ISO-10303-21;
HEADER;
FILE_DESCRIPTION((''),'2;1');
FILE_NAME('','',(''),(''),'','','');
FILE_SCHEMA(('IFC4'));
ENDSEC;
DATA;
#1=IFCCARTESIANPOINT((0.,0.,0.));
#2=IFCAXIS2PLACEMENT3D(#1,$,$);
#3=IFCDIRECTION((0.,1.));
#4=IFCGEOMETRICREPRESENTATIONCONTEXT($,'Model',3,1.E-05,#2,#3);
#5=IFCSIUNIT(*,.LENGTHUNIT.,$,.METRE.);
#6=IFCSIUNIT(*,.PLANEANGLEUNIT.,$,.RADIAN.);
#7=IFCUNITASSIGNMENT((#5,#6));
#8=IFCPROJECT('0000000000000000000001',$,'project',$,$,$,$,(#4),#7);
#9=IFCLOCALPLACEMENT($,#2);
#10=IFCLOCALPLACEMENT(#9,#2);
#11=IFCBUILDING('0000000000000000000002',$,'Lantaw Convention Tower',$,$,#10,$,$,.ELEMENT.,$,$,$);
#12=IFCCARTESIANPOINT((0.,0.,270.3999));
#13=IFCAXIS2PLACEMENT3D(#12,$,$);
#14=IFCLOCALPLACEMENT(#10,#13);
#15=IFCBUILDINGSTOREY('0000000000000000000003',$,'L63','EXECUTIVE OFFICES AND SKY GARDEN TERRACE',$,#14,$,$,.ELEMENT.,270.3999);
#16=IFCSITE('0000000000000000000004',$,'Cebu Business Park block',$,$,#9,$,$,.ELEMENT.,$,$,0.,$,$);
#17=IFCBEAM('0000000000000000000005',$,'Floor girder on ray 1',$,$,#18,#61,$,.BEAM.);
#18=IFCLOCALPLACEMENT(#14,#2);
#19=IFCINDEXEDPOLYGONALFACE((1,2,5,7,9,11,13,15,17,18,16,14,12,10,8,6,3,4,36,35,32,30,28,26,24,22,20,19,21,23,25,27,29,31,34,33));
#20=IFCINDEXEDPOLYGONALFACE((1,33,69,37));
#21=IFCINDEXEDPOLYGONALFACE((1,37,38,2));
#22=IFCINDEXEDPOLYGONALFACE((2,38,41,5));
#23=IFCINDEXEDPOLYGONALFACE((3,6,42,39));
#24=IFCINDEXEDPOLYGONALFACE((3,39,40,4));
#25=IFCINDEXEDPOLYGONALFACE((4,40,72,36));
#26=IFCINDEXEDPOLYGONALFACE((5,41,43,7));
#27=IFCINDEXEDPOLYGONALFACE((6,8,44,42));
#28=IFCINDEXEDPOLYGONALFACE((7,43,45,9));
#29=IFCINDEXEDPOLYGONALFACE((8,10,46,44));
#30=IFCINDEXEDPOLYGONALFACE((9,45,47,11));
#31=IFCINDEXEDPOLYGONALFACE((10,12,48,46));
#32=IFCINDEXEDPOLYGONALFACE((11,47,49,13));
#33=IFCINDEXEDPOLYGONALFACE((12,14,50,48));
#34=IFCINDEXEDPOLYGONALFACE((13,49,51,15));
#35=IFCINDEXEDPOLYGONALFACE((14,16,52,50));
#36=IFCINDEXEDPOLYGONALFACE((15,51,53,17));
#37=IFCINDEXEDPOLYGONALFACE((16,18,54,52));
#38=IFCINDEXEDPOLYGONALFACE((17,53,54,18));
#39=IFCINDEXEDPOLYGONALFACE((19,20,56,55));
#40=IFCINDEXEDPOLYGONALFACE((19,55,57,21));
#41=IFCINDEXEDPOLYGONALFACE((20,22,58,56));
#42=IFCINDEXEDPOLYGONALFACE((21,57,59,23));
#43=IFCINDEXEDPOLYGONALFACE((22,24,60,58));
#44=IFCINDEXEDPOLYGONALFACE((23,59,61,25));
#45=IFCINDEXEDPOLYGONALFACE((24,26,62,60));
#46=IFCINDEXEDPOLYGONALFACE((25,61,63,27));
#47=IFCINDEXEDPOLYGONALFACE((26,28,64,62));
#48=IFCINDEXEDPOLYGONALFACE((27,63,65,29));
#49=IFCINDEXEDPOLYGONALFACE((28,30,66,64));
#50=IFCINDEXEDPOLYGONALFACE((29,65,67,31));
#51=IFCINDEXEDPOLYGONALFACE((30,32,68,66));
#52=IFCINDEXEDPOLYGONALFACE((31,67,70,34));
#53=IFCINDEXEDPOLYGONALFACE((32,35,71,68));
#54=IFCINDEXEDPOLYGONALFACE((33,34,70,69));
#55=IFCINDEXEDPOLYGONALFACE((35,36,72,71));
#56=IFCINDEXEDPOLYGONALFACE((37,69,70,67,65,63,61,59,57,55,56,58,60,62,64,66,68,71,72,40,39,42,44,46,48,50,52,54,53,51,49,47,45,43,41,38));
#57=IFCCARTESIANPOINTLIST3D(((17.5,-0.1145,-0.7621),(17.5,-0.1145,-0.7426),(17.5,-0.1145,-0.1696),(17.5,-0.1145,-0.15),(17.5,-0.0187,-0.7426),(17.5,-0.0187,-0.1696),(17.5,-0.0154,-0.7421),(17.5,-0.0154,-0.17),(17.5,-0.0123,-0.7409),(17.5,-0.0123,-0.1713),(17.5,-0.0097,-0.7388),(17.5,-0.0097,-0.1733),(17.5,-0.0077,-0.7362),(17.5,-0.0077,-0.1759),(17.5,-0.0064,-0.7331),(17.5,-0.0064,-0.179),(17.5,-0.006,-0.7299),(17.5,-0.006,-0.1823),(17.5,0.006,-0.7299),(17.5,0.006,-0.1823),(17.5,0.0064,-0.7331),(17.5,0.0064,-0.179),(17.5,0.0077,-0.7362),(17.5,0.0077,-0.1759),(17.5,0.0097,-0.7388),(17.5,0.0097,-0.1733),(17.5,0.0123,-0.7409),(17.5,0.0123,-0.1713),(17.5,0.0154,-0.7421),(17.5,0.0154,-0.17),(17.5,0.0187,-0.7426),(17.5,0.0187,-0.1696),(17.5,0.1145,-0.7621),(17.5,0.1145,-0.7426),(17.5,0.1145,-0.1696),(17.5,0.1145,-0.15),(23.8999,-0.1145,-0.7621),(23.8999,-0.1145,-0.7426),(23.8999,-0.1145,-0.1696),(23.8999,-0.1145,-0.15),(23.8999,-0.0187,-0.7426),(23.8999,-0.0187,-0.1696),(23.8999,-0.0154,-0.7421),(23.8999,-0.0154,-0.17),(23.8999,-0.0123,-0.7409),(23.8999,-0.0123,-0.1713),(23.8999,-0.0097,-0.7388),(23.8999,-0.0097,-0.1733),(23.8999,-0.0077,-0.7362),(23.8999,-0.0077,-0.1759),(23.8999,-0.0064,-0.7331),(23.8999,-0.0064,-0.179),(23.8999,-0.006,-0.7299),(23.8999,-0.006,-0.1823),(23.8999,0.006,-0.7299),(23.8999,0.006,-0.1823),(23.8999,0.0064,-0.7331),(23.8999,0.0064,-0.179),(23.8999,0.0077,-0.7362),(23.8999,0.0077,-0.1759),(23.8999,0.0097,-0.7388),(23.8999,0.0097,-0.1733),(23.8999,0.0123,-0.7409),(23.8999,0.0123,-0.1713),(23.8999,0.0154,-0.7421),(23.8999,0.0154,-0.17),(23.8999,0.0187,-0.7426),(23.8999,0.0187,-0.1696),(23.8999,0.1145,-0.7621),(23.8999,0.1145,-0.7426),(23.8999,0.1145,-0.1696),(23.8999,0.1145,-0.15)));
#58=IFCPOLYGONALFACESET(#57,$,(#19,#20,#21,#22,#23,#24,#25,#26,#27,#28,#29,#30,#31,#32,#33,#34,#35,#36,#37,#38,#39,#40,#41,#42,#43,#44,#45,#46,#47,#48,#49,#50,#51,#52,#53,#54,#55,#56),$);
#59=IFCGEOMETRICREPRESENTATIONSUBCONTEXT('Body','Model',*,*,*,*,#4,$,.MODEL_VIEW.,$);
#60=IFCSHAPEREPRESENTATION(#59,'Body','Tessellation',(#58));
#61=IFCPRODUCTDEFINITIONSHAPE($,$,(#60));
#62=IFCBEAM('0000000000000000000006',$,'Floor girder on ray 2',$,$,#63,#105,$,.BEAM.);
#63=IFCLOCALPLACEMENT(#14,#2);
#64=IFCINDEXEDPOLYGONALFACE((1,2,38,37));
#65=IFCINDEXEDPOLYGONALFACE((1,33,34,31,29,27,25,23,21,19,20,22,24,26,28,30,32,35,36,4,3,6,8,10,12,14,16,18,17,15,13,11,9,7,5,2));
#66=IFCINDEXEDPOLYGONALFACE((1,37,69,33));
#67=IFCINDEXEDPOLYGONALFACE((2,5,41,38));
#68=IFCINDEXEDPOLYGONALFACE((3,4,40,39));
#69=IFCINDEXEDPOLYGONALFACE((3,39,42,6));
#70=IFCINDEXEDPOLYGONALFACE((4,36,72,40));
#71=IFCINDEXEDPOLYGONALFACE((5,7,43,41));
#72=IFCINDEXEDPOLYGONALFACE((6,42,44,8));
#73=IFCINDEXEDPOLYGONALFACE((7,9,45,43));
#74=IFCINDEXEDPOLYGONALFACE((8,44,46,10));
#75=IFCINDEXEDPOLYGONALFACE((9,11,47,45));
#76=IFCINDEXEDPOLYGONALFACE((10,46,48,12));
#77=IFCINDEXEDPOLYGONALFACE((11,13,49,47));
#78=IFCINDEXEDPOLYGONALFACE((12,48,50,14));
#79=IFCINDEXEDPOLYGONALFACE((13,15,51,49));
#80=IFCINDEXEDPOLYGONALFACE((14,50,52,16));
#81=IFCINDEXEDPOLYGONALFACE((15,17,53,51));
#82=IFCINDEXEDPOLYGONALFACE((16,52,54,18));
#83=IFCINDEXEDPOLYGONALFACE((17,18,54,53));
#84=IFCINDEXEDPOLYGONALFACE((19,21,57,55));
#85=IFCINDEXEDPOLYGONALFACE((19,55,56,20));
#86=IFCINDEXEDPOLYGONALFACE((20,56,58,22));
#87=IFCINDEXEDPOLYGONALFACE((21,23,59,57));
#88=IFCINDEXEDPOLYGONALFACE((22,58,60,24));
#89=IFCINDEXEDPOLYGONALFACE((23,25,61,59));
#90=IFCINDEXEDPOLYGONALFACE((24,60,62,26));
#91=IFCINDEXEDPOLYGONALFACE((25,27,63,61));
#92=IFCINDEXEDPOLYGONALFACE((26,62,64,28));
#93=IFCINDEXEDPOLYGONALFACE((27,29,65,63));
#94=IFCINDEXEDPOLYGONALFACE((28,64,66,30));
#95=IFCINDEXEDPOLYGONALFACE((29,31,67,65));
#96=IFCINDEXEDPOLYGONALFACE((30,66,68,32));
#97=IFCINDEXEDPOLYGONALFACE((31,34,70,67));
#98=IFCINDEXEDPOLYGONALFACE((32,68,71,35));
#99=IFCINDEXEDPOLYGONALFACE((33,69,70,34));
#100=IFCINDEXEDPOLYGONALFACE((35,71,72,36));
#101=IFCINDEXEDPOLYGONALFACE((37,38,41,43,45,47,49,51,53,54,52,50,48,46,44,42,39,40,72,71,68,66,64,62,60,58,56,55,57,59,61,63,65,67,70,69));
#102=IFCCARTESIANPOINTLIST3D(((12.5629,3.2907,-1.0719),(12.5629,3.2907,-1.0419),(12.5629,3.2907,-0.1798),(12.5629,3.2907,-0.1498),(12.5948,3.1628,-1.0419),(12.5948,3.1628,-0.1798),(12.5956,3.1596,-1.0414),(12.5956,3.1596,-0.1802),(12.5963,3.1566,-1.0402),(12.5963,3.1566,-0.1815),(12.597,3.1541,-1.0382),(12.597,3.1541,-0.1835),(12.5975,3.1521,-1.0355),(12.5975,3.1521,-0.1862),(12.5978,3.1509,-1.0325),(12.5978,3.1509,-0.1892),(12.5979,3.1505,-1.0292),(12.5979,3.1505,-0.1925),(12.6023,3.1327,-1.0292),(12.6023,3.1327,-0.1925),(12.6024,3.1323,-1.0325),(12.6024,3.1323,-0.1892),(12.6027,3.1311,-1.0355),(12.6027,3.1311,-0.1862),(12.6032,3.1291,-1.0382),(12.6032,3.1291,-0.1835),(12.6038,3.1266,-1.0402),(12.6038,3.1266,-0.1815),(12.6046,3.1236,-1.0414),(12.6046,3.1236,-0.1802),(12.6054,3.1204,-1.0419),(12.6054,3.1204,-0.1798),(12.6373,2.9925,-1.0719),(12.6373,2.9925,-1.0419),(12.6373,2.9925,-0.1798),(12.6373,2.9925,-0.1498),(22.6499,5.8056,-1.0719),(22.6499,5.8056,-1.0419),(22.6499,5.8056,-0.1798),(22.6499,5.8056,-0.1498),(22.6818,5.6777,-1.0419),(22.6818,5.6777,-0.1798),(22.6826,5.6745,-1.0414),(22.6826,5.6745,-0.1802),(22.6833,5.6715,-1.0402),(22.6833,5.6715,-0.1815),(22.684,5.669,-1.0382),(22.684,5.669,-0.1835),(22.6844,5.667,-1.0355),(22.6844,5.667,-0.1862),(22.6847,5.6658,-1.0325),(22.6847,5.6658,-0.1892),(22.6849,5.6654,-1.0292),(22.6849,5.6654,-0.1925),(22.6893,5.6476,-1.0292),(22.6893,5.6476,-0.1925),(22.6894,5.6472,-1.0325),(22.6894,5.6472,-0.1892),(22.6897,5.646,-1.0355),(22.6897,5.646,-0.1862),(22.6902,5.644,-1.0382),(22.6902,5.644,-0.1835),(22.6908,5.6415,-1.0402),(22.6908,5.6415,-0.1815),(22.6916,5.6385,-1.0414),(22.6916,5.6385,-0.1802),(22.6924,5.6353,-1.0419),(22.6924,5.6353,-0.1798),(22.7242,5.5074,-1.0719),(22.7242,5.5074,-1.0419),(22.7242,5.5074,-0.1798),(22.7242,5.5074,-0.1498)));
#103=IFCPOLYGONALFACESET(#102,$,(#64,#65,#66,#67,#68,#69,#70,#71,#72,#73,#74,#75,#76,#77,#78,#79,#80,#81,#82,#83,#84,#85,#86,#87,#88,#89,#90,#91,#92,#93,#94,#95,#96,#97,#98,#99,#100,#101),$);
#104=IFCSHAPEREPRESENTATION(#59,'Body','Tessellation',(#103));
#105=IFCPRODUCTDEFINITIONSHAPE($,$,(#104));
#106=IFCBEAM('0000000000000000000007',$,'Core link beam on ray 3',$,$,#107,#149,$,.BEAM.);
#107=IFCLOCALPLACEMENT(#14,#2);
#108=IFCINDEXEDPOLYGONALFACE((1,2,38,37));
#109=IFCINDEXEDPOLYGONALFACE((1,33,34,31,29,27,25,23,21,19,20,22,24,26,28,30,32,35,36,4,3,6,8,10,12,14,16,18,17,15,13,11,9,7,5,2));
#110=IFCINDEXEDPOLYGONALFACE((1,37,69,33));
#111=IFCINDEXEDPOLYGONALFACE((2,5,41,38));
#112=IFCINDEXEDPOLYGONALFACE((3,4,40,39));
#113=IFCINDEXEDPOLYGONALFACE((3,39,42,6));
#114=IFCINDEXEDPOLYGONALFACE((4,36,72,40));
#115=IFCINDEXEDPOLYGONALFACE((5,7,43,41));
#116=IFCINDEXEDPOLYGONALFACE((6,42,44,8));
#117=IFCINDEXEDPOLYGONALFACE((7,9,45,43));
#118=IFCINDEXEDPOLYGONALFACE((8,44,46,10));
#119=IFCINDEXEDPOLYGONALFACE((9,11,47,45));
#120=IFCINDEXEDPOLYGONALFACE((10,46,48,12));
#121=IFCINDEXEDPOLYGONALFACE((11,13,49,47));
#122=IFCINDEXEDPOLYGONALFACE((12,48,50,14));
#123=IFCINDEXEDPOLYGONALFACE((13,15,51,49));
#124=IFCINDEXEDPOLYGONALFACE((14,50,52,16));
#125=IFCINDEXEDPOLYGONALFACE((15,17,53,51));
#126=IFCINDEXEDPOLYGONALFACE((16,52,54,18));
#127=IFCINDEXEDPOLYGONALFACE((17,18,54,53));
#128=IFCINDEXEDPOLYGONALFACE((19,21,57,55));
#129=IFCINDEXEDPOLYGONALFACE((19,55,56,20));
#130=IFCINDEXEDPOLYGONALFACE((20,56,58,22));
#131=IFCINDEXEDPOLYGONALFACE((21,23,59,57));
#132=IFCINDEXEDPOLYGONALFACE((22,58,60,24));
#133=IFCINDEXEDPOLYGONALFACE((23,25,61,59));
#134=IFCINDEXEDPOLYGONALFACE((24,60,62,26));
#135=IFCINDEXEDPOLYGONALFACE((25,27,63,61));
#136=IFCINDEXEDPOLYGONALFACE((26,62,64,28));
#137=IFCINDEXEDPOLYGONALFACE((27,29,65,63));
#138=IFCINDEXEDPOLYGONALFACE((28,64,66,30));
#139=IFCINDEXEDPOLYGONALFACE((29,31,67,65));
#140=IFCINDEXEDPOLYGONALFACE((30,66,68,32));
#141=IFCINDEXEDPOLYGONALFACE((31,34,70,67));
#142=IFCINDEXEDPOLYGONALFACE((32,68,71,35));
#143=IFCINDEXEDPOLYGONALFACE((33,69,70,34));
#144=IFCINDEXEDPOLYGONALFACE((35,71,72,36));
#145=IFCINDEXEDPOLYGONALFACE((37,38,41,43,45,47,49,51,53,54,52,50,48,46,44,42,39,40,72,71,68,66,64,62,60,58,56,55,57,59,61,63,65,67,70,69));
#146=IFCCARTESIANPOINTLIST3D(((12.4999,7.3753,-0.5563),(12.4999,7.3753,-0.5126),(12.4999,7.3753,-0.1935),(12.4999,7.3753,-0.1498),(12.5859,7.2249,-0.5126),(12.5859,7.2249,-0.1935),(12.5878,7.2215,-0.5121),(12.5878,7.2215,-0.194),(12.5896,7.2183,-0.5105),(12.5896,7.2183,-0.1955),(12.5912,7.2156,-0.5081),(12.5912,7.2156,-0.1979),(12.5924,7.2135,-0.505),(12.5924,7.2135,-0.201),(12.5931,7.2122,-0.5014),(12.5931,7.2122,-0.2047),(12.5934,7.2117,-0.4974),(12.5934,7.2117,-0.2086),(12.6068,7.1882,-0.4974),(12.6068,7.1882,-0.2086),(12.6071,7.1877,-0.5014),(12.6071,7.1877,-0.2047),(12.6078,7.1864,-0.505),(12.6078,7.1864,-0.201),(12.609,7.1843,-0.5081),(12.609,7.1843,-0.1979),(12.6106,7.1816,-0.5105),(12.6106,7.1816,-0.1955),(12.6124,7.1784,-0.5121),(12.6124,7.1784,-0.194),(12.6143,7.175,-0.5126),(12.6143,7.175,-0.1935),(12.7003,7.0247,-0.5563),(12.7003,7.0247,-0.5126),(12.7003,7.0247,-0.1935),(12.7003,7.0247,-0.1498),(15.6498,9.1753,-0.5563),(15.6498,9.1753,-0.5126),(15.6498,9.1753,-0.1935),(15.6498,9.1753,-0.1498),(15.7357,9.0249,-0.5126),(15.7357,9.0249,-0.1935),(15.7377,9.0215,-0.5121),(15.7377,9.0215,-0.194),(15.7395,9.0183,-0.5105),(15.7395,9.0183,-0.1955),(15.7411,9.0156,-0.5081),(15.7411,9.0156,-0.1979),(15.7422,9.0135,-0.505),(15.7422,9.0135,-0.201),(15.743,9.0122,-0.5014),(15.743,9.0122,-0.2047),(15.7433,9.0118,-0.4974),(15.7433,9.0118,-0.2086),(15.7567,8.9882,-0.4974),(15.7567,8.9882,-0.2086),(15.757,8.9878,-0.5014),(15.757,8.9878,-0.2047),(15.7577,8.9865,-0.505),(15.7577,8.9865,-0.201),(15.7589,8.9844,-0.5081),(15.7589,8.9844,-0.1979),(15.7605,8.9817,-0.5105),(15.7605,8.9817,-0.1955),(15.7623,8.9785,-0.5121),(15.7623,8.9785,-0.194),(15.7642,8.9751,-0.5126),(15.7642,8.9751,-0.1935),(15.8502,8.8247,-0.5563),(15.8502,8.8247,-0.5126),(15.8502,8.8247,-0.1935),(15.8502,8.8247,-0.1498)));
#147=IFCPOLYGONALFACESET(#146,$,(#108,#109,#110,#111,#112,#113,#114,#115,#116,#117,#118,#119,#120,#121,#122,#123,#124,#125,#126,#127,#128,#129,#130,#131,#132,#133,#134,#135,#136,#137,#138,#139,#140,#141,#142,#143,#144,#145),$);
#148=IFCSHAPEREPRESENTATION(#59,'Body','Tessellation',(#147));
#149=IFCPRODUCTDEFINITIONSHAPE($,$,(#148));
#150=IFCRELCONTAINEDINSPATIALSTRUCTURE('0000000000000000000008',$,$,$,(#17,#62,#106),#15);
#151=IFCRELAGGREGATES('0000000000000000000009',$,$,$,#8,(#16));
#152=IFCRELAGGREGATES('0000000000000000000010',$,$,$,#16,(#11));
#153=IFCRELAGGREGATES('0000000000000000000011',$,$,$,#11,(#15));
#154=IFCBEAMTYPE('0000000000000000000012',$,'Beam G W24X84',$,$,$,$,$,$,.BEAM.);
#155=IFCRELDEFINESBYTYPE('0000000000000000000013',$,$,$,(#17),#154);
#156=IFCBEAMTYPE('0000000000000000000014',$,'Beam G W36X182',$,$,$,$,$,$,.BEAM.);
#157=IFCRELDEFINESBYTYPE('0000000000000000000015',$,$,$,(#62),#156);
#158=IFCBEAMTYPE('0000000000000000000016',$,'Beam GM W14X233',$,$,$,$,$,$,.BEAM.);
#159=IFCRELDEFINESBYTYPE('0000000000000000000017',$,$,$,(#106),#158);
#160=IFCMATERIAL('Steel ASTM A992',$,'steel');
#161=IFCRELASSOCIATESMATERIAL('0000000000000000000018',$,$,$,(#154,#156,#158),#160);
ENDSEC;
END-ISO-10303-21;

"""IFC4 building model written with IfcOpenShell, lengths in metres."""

from ifc_helpers import new_model, si_unit, direction, frame, origin, origin_2d, place, context, subcontext, project, spatial, i_section, extrude, material, material_profile, profile_set, type_object, element, save


model = new_model("IFC4")

# Units and contexts
model_context = context("Model", 3, precision=1e-05, world=origin(), true_north=direction((0.0, 1.0)))
body_context = subcontext(model_context, "Body", "Model", "MODEL_VIEW")
ifc_project = project(units=[si_unit("LENGTHUNIT", "METRE"), si_unit("PLANEANGLEUNIT", "RADIAN")], contexts=[model_context])

# Site, building, storey
site_placement = place(None, origin())
site = spatial("IfcSite", under=ifc_project, at=site_placement, Name="Cebu Business Park block", CompositionType="ELEMENT", RefElevation=0.0)
building_placement = place(site_placement, origin())
building = spatial("IfcBuilding", under=site, at=building_placement, Name="Lantaw Convention Tower", CompositionType="ELEMENT")
storey_placement = place(building_placement, frame((0.0, 0.0, 270.3999)))
storey = spatial("IfcBuildingStorey", under=building, at=storey_placement, Name="L63", Description="EXECUTIVE OFFICES AND SKY GARDEN TERRACE", CompositionType="ELEMENT", Elevation=270.3999)

# Beams
ifc_material_1 = material(Name="Steel ASTM A992", Category="steel")
ifc_material_profile_1 = material_profile(ifc_material_1, i_section(OverallWidth=0.229, OverallDepth=0.6121, WebThickness=0.012, FlangeThickness=0.0195, FilletRadius=0.0127, at=origin_2d()), Name="W24X84")
ifc_profile_set_1 = profile_set([ifc_material_profile_1], Name="Steel ASTM A992")
beam_type_1 = type_object("IfcBeamType", Name="Beam G W24X84", PredefinedType="BEAM", material=ifc_profile_set_1)
beam_1_placement = place(storey_placement, frame((17.5, 0.0, -0.4561), z_axis=(1.0, 0.0, 0.0), x_axis=(0.0, 1.0, 0.0)))
element("IfcBeam", 1, at=beam_1_placement, inside=storey, type_object=beam_type_1, Name="Floor girder on ray 1", PredefinedType="BEAM", context=body_context, shape_type="SweptSolid", body=[
    extrude(i_section(OverallWidth=0.229, OverallDepth=0.6121, WebThickness=0.012, FlangeThickness=0.0195, FilletRadius=0.0127, at=origin_2d()), origin(), (0.0, 0.0, 1.0), 6.3999),
])
ifc_material_profile_2 = material_profile(ifc_material_1, i_section(OverallWidth=0.3074, OverallDepth=0.9221, WebThickness=0.0183, FlangeThickness=0.03, FilletRadius=0.0127, at=origin_2d()), Name="W36X182")
ifc_profile_set_2 = profile_set([ifc_material_profile_2], Name="Steel ASTM A992")
beam_type_2 = type_object("IfcBeamType", Name="Beam G W36X182", PredefinedType="BEAM", material=ifc_profile_set_2)
beam_2_placement = place(storey_placement, frame((12.6001, 3.1416, -0.6108), z_axis=(0.970297, 0.241917, 0.0), x_axis=(-0.241917, 0.970297, 0.0)))
element("IfcBeam", 2, at=beam_2_placement, inside=storey, type_object=beam_type_2, Name="Floor girder on ray 2", PredefinedType="BEAM", context=body_context, shape_type="SweptSolid", body=[
    extrude(i_section(OverallWidth=0.3074, OverallDepth=0.9221, WebThickness=0.0183, FlangeThickness=0.03, FilletRadius=0.0127, at=origin_2d()), origin(), (0.0, 0.0, 1.0), 10.3958),
])
ifc_material_profile_3 = material_profile(ifc_material_1, i_section(OverallWidth=0.4038, OverallDepth=0.4065, WebThickness=0.0271, FlangeThickness=0.0437, FilletRadius=0.0151, at=origin_2d()), Name="W14X233")
ifc_profile_set_3 = profile_set([ifc_material_profile_3], Name="Steel ASTM A992")
beam_type_3 = type_object("IfcBeamType", Name="Beam GM W14X233", PredefinedType="BEAM", material=ifc_profile_set_3)
beam_3_placement = place(storey_placement, frame((12.6001, 7.2, -0.353), z_axis=(0.868231, 0.496161, 0.0), x_axis=(-0.496161, 0.868231, 0.0)))
element("IfcBeam", 3, at=beam_3_placement, inside=storey, type_object=beam_type_3, Name="Core link beam on ray 3", PredefinedType="BEAM", context=body_context, shape_type="SweptSolid", body=[
    extrude(i_section(OverallWidth=0.4038, OverallDepth=0.4065, WebThickness=0.0271, FlangeThickness=0.0437, FilletRadius=0.0151, at=origin_2d()), origin(), (0.0, 0.0, 1.0), 3.6279),
])

save(model, "model.ifc")
